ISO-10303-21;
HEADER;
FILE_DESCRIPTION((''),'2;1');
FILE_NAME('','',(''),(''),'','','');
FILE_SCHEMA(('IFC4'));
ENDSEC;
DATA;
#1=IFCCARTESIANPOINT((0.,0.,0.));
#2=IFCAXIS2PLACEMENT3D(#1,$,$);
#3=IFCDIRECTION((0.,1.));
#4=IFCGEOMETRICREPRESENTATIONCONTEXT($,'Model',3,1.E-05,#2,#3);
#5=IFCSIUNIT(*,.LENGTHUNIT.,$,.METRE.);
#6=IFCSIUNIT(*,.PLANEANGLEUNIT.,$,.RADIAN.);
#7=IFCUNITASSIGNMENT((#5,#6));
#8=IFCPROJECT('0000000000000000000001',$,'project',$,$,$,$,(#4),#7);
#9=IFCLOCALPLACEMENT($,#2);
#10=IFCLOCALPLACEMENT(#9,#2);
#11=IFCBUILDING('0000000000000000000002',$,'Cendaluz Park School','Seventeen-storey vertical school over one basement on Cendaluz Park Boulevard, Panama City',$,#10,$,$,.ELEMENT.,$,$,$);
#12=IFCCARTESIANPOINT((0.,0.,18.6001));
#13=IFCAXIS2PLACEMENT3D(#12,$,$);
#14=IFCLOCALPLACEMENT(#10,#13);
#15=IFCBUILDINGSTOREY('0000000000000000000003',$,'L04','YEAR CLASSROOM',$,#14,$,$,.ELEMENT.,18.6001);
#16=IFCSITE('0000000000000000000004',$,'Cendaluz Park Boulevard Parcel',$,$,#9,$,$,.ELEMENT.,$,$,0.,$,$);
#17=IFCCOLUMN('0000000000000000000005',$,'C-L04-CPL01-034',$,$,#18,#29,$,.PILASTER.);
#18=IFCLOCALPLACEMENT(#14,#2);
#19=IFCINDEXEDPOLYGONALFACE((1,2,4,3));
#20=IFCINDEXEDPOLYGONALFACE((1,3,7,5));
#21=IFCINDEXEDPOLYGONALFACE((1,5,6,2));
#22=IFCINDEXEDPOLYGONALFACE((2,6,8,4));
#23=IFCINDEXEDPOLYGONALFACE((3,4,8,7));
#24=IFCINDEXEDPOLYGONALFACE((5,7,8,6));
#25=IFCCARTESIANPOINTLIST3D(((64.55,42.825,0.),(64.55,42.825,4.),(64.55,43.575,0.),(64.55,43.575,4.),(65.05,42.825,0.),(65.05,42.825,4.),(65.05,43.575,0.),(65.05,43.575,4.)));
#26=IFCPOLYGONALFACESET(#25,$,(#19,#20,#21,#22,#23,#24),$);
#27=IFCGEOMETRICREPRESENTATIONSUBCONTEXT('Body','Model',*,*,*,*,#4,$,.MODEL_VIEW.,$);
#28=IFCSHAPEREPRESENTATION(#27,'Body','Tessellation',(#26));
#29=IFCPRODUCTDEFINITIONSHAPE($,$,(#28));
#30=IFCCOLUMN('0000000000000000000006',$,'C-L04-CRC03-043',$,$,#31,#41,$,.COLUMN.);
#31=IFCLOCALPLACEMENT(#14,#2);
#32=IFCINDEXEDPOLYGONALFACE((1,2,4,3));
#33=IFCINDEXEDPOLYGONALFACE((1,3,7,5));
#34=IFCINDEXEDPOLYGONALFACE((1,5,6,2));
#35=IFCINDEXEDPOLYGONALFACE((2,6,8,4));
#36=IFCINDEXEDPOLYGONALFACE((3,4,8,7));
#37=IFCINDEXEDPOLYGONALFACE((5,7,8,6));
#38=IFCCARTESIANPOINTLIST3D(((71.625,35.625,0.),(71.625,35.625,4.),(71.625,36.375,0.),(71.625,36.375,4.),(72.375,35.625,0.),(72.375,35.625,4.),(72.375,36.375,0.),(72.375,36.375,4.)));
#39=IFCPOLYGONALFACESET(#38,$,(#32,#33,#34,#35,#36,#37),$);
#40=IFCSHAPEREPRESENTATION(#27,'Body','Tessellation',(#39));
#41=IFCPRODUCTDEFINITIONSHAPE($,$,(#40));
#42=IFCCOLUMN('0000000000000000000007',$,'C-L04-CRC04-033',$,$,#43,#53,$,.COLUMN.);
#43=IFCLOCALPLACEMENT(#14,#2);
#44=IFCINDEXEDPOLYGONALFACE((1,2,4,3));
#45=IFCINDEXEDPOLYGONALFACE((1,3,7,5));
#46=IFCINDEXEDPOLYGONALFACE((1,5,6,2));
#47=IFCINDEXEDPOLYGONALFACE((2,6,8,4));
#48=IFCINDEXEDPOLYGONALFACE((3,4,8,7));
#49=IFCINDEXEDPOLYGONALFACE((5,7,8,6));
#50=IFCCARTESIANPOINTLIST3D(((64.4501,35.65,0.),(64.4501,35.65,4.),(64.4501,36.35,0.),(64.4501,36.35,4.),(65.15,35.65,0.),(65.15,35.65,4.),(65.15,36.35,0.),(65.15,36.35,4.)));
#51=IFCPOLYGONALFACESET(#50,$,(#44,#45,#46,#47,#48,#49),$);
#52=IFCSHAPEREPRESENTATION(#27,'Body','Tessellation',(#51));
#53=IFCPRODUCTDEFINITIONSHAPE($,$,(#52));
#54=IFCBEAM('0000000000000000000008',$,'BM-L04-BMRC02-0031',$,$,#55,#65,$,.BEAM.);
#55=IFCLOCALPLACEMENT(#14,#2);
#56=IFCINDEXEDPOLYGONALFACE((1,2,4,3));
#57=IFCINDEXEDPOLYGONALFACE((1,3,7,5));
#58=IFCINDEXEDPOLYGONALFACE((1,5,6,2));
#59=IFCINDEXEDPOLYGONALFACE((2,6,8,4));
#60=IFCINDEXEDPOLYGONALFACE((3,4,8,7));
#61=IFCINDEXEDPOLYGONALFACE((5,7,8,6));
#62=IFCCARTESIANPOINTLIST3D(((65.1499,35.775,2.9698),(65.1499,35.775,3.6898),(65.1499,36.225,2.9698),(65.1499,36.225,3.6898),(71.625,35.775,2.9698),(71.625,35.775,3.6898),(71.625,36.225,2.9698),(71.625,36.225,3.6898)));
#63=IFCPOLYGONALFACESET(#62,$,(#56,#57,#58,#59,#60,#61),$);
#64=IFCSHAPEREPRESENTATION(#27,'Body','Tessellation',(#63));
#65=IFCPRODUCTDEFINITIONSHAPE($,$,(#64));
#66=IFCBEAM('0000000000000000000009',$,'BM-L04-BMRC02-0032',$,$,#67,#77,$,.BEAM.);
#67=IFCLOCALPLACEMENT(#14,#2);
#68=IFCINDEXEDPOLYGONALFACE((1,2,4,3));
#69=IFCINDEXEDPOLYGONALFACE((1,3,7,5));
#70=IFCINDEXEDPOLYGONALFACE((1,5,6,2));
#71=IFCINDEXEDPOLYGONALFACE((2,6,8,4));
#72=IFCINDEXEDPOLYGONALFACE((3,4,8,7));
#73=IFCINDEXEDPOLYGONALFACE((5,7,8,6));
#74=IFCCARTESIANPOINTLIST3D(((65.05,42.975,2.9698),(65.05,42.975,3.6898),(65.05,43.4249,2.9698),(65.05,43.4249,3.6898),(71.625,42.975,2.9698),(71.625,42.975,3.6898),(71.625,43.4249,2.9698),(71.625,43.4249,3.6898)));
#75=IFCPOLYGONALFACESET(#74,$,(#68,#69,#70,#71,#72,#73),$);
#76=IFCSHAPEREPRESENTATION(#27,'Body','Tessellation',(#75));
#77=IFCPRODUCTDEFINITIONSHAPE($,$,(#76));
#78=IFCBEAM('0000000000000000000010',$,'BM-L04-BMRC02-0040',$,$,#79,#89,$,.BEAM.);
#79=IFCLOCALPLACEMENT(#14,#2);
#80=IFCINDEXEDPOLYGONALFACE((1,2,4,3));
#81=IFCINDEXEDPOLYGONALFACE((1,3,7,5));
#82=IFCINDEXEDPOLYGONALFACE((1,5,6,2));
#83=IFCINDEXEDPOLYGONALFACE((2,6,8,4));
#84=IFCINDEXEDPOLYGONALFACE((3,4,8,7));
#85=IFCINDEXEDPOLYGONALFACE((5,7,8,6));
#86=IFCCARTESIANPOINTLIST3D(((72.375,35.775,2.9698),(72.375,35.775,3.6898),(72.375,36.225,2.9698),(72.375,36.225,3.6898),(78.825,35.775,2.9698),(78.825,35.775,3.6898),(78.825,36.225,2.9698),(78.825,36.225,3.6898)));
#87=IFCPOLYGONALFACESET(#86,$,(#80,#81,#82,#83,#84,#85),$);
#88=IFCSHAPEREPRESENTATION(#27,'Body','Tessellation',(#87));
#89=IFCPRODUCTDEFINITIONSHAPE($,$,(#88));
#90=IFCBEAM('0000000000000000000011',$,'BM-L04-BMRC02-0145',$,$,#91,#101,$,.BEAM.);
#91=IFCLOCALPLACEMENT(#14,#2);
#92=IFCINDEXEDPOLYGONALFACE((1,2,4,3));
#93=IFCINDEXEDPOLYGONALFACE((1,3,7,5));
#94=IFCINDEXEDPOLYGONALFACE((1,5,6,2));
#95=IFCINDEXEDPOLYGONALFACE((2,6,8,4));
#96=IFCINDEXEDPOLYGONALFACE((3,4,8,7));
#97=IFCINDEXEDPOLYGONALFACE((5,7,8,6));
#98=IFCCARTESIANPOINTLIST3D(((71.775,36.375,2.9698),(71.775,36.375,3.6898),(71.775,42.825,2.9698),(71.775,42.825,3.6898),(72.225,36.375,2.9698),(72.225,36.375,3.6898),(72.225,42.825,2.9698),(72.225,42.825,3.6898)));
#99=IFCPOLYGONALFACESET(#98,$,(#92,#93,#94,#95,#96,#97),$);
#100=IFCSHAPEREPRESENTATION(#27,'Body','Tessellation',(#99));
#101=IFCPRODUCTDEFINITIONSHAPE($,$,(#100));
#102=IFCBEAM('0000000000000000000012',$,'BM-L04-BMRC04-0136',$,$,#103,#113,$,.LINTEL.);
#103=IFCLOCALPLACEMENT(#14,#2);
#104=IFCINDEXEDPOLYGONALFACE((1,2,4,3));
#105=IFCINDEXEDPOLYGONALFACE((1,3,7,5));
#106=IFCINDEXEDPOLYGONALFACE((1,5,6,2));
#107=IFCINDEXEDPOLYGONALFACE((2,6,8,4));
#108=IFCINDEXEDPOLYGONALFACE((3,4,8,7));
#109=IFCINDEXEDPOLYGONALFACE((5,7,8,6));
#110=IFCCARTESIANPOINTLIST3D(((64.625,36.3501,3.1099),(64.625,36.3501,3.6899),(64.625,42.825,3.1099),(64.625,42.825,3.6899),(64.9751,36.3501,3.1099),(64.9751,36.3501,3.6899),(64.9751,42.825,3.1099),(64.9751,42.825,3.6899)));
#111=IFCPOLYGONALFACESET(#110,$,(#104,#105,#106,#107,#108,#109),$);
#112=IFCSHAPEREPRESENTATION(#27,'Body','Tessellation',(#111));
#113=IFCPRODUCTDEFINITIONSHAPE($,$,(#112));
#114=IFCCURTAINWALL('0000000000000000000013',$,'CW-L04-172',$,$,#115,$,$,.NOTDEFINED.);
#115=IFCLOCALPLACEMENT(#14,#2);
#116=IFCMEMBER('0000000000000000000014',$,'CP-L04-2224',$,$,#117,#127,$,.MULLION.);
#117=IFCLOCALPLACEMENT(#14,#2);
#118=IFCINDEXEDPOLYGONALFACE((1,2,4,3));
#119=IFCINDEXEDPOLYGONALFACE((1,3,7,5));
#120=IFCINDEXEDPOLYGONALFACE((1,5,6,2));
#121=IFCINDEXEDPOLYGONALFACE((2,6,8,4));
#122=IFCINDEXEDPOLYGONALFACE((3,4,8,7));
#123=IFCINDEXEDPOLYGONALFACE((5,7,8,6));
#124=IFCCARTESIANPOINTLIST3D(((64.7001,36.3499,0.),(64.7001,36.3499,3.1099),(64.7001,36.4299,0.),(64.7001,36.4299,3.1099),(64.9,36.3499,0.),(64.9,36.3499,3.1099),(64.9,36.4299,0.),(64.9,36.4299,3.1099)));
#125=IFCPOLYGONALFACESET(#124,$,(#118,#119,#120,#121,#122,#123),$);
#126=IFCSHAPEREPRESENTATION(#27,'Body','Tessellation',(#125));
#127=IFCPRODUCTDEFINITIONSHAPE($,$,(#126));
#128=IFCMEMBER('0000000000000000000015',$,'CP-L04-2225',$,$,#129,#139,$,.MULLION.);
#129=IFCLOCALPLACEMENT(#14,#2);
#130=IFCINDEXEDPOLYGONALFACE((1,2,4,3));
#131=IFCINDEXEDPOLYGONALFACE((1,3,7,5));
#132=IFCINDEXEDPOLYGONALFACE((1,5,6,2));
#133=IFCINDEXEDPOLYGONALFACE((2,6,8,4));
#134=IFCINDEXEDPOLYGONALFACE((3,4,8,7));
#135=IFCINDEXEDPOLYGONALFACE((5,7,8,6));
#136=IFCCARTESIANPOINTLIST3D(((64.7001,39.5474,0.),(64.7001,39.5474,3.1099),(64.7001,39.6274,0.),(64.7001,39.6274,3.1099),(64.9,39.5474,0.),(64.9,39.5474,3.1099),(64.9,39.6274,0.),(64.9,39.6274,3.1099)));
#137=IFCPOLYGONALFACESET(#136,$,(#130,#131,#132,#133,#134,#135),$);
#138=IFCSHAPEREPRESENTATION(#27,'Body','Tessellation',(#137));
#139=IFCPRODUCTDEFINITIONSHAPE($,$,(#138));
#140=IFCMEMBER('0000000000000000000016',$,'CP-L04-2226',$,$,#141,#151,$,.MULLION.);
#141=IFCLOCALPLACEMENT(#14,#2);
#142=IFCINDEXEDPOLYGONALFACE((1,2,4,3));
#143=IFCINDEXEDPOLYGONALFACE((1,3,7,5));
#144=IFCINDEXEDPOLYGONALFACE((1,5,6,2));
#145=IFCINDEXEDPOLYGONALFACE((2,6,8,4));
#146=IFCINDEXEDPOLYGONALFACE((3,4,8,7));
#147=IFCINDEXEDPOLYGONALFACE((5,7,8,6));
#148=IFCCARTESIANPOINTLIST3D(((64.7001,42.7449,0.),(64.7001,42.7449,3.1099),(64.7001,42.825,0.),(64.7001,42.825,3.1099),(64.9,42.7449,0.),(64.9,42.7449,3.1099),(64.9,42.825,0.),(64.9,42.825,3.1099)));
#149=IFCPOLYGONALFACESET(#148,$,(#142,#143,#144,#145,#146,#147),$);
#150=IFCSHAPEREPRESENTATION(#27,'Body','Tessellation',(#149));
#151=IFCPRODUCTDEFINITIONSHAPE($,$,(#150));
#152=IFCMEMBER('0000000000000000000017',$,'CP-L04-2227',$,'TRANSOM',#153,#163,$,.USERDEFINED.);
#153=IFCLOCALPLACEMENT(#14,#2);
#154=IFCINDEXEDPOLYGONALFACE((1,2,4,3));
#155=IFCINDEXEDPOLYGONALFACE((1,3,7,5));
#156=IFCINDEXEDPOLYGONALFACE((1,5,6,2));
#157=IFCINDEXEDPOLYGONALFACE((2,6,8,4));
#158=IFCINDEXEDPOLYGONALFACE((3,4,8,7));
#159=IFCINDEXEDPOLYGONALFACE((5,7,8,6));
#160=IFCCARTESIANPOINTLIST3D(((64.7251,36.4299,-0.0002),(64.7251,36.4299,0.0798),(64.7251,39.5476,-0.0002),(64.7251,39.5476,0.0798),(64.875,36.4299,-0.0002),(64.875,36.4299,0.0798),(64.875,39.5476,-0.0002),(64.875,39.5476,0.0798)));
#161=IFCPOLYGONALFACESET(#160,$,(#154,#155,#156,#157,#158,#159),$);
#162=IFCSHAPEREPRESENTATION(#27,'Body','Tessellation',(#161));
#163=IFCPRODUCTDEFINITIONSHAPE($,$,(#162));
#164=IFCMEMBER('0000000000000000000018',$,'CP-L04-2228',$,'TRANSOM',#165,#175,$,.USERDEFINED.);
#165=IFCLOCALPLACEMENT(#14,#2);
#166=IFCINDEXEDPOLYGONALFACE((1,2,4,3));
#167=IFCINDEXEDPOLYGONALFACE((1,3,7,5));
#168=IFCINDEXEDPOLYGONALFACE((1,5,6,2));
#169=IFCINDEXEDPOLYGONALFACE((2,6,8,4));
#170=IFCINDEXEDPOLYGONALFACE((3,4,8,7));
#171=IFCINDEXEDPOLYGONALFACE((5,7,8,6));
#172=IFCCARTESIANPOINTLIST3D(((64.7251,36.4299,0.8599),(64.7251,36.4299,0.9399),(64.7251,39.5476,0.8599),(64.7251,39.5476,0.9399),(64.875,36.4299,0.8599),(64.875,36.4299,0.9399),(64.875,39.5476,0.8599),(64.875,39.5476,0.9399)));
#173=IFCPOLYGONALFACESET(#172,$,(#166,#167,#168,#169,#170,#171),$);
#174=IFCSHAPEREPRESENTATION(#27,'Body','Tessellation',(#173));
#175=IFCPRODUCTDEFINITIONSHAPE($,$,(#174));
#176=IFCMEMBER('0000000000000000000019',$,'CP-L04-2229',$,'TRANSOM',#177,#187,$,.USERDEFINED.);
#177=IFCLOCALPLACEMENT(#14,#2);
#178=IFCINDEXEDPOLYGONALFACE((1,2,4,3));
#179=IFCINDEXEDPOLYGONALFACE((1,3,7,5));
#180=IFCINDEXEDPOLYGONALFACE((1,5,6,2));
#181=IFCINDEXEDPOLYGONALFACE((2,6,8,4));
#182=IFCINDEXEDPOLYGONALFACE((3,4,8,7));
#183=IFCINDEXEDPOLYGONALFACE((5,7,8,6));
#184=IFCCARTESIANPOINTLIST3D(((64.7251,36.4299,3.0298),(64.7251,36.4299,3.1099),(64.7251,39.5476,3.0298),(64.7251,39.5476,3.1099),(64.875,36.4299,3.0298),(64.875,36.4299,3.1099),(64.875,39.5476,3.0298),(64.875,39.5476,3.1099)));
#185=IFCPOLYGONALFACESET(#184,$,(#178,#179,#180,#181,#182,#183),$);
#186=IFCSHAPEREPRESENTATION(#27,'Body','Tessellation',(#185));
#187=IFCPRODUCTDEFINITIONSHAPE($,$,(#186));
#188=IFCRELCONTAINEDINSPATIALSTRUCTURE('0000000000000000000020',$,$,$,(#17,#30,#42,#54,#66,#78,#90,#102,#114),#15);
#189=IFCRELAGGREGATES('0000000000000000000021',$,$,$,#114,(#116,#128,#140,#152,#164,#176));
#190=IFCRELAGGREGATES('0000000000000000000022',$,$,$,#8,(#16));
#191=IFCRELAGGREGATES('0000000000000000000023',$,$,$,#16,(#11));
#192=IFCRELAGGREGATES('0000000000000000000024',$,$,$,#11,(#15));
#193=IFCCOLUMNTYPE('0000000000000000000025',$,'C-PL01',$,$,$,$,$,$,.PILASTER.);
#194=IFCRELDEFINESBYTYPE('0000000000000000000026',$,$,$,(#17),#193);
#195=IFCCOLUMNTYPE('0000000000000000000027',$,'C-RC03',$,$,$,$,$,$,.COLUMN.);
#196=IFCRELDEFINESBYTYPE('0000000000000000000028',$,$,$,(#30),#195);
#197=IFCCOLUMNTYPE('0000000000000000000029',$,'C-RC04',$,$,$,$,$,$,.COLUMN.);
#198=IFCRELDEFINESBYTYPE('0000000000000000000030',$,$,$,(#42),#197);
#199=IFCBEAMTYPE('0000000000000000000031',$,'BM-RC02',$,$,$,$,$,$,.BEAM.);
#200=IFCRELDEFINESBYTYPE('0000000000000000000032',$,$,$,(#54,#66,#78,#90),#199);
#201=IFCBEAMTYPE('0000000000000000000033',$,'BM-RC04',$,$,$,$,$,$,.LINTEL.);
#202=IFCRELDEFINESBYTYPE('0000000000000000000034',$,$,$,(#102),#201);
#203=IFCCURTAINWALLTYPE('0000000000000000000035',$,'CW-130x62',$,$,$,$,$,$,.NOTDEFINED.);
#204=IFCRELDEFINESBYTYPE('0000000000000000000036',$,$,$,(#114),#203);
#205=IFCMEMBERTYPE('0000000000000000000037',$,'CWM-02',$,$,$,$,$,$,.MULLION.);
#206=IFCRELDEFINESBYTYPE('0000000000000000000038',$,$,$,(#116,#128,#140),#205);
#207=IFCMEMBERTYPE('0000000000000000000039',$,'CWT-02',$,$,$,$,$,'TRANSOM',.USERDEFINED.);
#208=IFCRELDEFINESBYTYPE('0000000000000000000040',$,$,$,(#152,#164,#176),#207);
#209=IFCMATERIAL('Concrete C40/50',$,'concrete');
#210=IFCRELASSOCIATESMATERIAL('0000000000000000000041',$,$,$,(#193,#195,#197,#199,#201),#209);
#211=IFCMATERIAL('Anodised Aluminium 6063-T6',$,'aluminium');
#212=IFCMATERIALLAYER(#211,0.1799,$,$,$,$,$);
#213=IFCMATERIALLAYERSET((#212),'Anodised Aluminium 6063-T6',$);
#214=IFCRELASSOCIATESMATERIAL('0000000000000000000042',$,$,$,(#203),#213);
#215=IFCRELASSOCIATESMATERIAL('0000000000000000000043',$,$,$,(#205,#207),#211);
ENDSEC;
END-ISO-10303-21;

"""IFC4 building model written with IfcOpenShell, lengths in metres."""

from ifc_helpers import new_model, si_unit, direction, frame, origin, origin_2d, place, context, subcontext, project, spatial, rectangle, extrude, material, layer, layer_set, material_profile, profile_set, type_object, element, aggregate, save


model = new_model("IFC4")

# Units and contexts
model_context = context("Model", 3, precision=1e-05, world=origin(), true_north=direction((0.0, 1.0)))
body_context = subcontext(model_context, "Body", "Model", "MODEL_VIEW")
ifc_project = project(units=[si_unit("LENGTHUNIT", "METRE"), si_unit("PLANEANGLEUNIT", "RADIAN")], contexts=[model_context])

# Site, building, storey
site_placement = place(None, origin())
site = spatial("IfcSite", under=ifc_project, at=site_placement, Name="Cendaluz Park Boulevard Parcel", CompositionType="ELEMENT", RefElevation=0.0)
building_placement = place(site_placement, origin())
building = spatial("IfcBuilding", under=site, at=building_placement, Name="Cendaluz Park School", Description="Seventeen-storey vertical school over one basement on Cendaluz Park Boulevard, Panama City", CompositionType="ELEMENT")
storey_placement = place(building_placement, frame((0.0, 0.0, 18.6001)))
storey = spatial("IfcBuildingStorey", under=building, at=storey_placement, Name="L04", Description="YEAR CLASSROOM", CompositionType="ELEMENT", Elevation=18.6001)

# Columns
ifc_material_1 = material(Name="Concrete C40/50", Category="concrete")
ifc_material_profile_1 = material_profile(ifc_material_1, rectangle(XDim=0.5, YDim=0.75, at=origin_2d()), Name="RC 500x750", Category="concrete")
ifc_profile_set_1 = profile_set([ifc_material_profile_1], Name="Concrete C40/50")
column_type_1 = type_object("IfcColumnType", Name="C-PL01", PredefinedType="PILASTER", material=ifc_profile_set_1)
column_1_placement = place(storey_placement, frame((64.8, 43.2, 0.0), z_axis=(0.0, 0.0, 1.0), x_axis=(1.0, 0.0, 0.0)))
element("IfcColumn", 1, at=column_1_placement, inside=storey, type_object=column_type_1, Name="C-L04-CPL01-034", PredefinedType="PILASTER", context=body_context, shape_type="SweptSolid", body=[
    extrude(rectangle(XDim=0.5, YDim=0.75, at=origin_2d()), origin(), (0.0, 0.0, 1.0), 4.0),
])
ifc_material_profile_2 = material_profile(ifc_material_1, rectangle(XDim=0.75, YDim=0.75, at=origin_2d()), Name="RC 750x750", Category="concrete")
ifc_profile_set_2 = profile_set([ifc_material_profile_2], Name="Concrete C40/50")
column_type_2 = type_object("IfcColumnType", Name="C-RC03", PredefinedType="COLUMN", material=ifc_profile_set_2)
column_2_placement = place(storey_placement, frame((72.0, 36.0, 0.0), z_axis=(0.0, 0.0, 1.0), x_axis=(1.0, 0.0, 0.0)))
element("IfcColumn", 2, at=column_2_placement, inside=storey, type_object=column_type_2, Name="C-L04-CRC03-043", PredefinedType="COLUMN", context=body_context, shape_type="SweptSolid", body=[
    extrude(rectangle(XDim=0.75, YDim=0.75, at=origin_2d()), origin(), (0.0, 0.0, 1.0), 4.0),
])
ifc_material_profile_3 = material_profile(ifc_material_1, rectangle(XDim=0.7, YDim=0.7, at=origin_2d()), Name="RC 700x700", Category="concrete")
ifc_profile_set_3 = profile_set([ifc_material_profile_3], Name="Concrete C40/50")
column_type_3 = type_object("IfcColumnType", Name="C-RC04", PredefinedType="COLUMN", material=ifc_profile_set_3)
column_3_placement = place(storey_placement, frame((64.8, 36.0, 0.0), z_axis=(0.0, 0.0, 1.0), x_axis=(1.0, 0.0, 0.0)))
element("IfcColumn", 3, at=column_3_placement, inside=storey, type_object=column_type_3, Name="C-L04-CRC04-033", PredefinedType="COLUMN", context=body_context, shape_type="SweptSolid", body=[
    extrude(rectangle(XDim=0.7, YDim=0.7, at=origin_2d()), origin(), (0.0, 0.0, 1.0), 4.0),
])

# Beams
ifc_material_profile_4 = material_profile(ifc_material_1, rectangle(XDim=0.45, YDim=0.72, at=origin_2d()), Name="RC 450x720", Category="concrete")
ifc_profile_set_4 = profile_set([ifc_material_profile_4], Name="Concrete C40/50")
beam_type_1 = type_object("IfcBeamType", Name="BM-RC02", PredefinedType="BEAM", material=ifc_profile_set_4)
beam_1_placement = place(storey_placement, frame((65.1499, 36.0, 3.3298), z_axis=(1.0, 0.0, 0.0), x_axis=(0.0, 1.0, 0.0)))
element("IfcBeam", 4, at=beam_1_placement, inside=storey, type_object=beam_type_1, Name="BM-L04-BMRC02-0031", PredefinedType="BEAM", context=body_context, shape_type="SweptSolid", body=[
    extrude(rectangle(XDim=0.45, YDim=0.72, at=origin_2d()), origin(), (0.0, 0.0, 1.0), 6.4751),
])
beam_2_placement = place(storey_placement, frame((65.05, 43.2, 3.3298), z_axis=(1.0, 0.0, 0.0), x_axis=(0.0, 1.0, 0.0)))
element("IfcBeam", 5, at=beam_2_placement, inside=storey, type_object=beam_type_1, Name="BM-L04-BMRC02-0032", PredefinedType="BEAM", context=body_context, shape_type="SweptSolid", body=[
    extrude(rectangle(XDim=0.45, YDim=0.72, at=origin_2d()), origin(), (0.0, 0.0, 1.0), 6.575),
])
for number, where, z_axis, x_axis, name in (
    (6, (72.375, 36.0, 3.3298), (1.0, 0.0, 0.0), (0.0, 1.0, 0.0), "BM-L04-BMRC02-0040"),
    (7, (72.0, 36.375, 3.3298), (0.0, 1.0, 0.0), (-1.0, 0.0, 0.0), "BM-L04-BMRC02-0145"),
):
    element("IfcBeam", number, at=place(storey_placement, frame(where, z_axis=z_axis, x_axis=x_axis)), inside=storey, type_object=beam_type_1, Name=name, PredefinedType="BEAM", context=body_context, shape_type="SweptSolid", body=[
        extrude(rectangle(XDim=0.45, YDim=0.72, at=origin_2d()), origin(), (0.0, 0.0, 1.0), 6.45),
    ])
ifc_material_profile_5 = material_profile(ifc_material_1, rectangle(XDim=0.3501, YDim=0.5801, at=origin_2d()), Name="RC 350x580", Category="concrete")
ifc_profile_set_5 = profile_set([ifc_material_profile_5], Name="Concrete C40/50")
beam_type_2 = type_object("IfcBeamType", Name="BM-RC04", PredefinedType="LINTEL", material=ifc_profile_set_5)
beam_3_placement = place(storey_placement, frame((64.8, 36.3501, 3.3999), z_axis=(0.0, 1.0, 0.0), x_axis=(-1.0, 0.0, 0.0)))
element("IfcBeam", 8, at=beam_3_placement, inside=storey, type_object=beam_type_2, Name="BM-L04-BMRC04-0136", PredefinedType="LINTEL", context=body_context, shape_type="SweptSolid", body=[
    extrude(rectangle(XDim=0.3501, YDim=0.5801, at=origin_2d()), origin(), (0.0, 0.0, 1.0), 6.4749),
])

# Curtain wall, members
ifc_material_2 = material(Name="Anodised Aluminium 6063-T6", Category="aluminium")
ifc_layer_1 = layer(ifc_material_2, 0.1799)
ifc_layer_set_1 = layer_set([ifc_layer_1], Name="Anodised Aluminium 6063-T6")
curtain_wall_type = type_object("IfcCurtainWallType", Name="CW-130x62", PredefinedType="NOTDEFINED", material=ifc_layer_set_1)
curtain_wall_placement = place(storey_placement, origin())
curtain_wall = element("IfcCurtainWall", 9, at=curtain_wall_placement, inside=storey, type_object=curtain_wall_type, Name="CW-L04-172", PredefinedType="NOTDEFINED")
ifc_material_profile_6 = material_profile(ifc_material_2, rectangle(XDim=0.2, YDim=0.0801, at=origin_2d()), Name="CWM 200x80", Category="aluminium")
ifc_profile_set_6 = profile_set([ifc_material_profile_6], Name="Anodised Aluminium 6063-T6")
member_type_1 = type_object("IfcMemberType", Name="CWM-02", PredefinedType="MULLION", material=ifc_profile_set_6)
member_1_placement = place(storey_placement, frame((64.8, 36.3899, 0.0), z_axis=(0.0, 0.0, 1.0), x_axis=(-1.0, 0.0, 0.0)))
member_1 = element("IfcMember", 10, at=member_1_placement, type_object=member_type_1, Name="CP-L04-2224", PredefinedType="MULLION", context=body_context, shape_type="SweptSolid", body=[
    extrude(rectangle(XDim=0.2, YDim=0.0801, at=origin_2d()), origin(), (0.0, 0.0, 1.0), 3.1099),
])
member_2_placement = place(storey_placement, frame((64.8, 39.5874, 0.0), z_axis=(0.0, 0.0, 1.0), x_axis=(-1.0, 0.0, 0.0)))
member_2 = element("IfcMember", 11, at=member_2_placement, type_object=member_type_1, Name="CP-L04-2225", PredefinedType="MULLION", context=body_context, shape_type="SweptSolid", body=[
    extrude(rectangle(XDim=0.2, YDim=0.0801, at=origin_2d()), origin(), (0.0, 0.0, 1.0), 3.1099),
])
member_3_placement = place(storey_placement, frame((64.8, 42.7849, 0.0), z_axis=(0.0, 0.0, 1.0), x_axis=(-1.0, 0.0, 0.0)))
member_3 = element("IfcMember", 12, at=member_3_placement, type_object=member_type_1, Name="CP-L04-2226", PredefinedType="MULLION", context=body_context, shape_type="SweptSolid", body=[
    extrude(rectangle(XDim=0.2, YDim=0.0801, at=origin_2d()), origin(), (0.0, 0.0, 1.0), 3.1099),
])
ifc_material_profile_7 = material_profile(ifc_material_2, rectangle(XDim=0.1499, YDim=0.0801, at=origin_2d()), Name="CWT 150x80", Category="aluminium")
ifc_profile_set_7 = profile_set([ifc_material_profile_7], Name="Anodised Aluminium 6063-T6")
member_type_2 = type_object("IfcMemberType", Name="CWT-02", ElementType="TRANSOM", PredefinedType="USERDEFINED", material=ifc_profile_set_7)
member_4_placement = place(storey_placement, frame((64.8, 36.4299, 0.0398), z_axis=(0.0, 1.0, 0.0), x_axis=(-1.0, 0.0, 0.0)))
member_4 = element("IfcMember", 13, at=member_4_placement, type_object=member_type_2, Name="CP-L04-2227", ObjectType="TRANSOM", PredefinedType="USERDEFINED", context=body_context, shape_type="SweptSolid", body=[
    extrude(rectangle(XDim=0.1499, YDim=0.0801, at=origin_2d()), origin(), (0.0, 0.0, 1.0), 3.1177),
])
member_5_placement = place(storey_placement, frame((64.8, 36.4299, 0.8999), z_axis=(0.0, 1.0, 0.0), x_axis=(-1.0, 0.0, 0.0)))
member_5 = element("IfcMember", 14, at=member_5_placement, type_object=member_type_2, Name="CP-L04-2228", ObjectType="TRANSOM", PredefinedType="USERDEFINED", context=body_context, shape_type="SweptSolid", body=[
    extrude(rectangle(XDim=0.1499, YDim=0.0801, at=origin_2d()), origin(), (0.0, 0.0, 1.0), 3.1177),
])
member_6_placement = place(storey_placement, frame((64.8, 36.4299, 3.0698), z_axis=(0.0, 1.0, 0.0), x_axis=(-1.0, 0.0, 0.0)))
member_6 = element("IfcMember", 15, at=member_6_placement, type_object=member_type_2, Name="CP-L04-2229", ObjectType="TRANSOM", PredefinedType="USERDEFINED", context=body_context, shape_type="SweptSolid", body=[
    extrude(rectangle(XDim=0.1499, YDim=0.0801, at=origin_2d()), origin(), (0.0, 0.0, 1.0), 3.1177),
])

aggregate(curtain_wall, [member_1, member_2, member_3, member_4, member_5, member_6])

save(model, "model.ifc")
